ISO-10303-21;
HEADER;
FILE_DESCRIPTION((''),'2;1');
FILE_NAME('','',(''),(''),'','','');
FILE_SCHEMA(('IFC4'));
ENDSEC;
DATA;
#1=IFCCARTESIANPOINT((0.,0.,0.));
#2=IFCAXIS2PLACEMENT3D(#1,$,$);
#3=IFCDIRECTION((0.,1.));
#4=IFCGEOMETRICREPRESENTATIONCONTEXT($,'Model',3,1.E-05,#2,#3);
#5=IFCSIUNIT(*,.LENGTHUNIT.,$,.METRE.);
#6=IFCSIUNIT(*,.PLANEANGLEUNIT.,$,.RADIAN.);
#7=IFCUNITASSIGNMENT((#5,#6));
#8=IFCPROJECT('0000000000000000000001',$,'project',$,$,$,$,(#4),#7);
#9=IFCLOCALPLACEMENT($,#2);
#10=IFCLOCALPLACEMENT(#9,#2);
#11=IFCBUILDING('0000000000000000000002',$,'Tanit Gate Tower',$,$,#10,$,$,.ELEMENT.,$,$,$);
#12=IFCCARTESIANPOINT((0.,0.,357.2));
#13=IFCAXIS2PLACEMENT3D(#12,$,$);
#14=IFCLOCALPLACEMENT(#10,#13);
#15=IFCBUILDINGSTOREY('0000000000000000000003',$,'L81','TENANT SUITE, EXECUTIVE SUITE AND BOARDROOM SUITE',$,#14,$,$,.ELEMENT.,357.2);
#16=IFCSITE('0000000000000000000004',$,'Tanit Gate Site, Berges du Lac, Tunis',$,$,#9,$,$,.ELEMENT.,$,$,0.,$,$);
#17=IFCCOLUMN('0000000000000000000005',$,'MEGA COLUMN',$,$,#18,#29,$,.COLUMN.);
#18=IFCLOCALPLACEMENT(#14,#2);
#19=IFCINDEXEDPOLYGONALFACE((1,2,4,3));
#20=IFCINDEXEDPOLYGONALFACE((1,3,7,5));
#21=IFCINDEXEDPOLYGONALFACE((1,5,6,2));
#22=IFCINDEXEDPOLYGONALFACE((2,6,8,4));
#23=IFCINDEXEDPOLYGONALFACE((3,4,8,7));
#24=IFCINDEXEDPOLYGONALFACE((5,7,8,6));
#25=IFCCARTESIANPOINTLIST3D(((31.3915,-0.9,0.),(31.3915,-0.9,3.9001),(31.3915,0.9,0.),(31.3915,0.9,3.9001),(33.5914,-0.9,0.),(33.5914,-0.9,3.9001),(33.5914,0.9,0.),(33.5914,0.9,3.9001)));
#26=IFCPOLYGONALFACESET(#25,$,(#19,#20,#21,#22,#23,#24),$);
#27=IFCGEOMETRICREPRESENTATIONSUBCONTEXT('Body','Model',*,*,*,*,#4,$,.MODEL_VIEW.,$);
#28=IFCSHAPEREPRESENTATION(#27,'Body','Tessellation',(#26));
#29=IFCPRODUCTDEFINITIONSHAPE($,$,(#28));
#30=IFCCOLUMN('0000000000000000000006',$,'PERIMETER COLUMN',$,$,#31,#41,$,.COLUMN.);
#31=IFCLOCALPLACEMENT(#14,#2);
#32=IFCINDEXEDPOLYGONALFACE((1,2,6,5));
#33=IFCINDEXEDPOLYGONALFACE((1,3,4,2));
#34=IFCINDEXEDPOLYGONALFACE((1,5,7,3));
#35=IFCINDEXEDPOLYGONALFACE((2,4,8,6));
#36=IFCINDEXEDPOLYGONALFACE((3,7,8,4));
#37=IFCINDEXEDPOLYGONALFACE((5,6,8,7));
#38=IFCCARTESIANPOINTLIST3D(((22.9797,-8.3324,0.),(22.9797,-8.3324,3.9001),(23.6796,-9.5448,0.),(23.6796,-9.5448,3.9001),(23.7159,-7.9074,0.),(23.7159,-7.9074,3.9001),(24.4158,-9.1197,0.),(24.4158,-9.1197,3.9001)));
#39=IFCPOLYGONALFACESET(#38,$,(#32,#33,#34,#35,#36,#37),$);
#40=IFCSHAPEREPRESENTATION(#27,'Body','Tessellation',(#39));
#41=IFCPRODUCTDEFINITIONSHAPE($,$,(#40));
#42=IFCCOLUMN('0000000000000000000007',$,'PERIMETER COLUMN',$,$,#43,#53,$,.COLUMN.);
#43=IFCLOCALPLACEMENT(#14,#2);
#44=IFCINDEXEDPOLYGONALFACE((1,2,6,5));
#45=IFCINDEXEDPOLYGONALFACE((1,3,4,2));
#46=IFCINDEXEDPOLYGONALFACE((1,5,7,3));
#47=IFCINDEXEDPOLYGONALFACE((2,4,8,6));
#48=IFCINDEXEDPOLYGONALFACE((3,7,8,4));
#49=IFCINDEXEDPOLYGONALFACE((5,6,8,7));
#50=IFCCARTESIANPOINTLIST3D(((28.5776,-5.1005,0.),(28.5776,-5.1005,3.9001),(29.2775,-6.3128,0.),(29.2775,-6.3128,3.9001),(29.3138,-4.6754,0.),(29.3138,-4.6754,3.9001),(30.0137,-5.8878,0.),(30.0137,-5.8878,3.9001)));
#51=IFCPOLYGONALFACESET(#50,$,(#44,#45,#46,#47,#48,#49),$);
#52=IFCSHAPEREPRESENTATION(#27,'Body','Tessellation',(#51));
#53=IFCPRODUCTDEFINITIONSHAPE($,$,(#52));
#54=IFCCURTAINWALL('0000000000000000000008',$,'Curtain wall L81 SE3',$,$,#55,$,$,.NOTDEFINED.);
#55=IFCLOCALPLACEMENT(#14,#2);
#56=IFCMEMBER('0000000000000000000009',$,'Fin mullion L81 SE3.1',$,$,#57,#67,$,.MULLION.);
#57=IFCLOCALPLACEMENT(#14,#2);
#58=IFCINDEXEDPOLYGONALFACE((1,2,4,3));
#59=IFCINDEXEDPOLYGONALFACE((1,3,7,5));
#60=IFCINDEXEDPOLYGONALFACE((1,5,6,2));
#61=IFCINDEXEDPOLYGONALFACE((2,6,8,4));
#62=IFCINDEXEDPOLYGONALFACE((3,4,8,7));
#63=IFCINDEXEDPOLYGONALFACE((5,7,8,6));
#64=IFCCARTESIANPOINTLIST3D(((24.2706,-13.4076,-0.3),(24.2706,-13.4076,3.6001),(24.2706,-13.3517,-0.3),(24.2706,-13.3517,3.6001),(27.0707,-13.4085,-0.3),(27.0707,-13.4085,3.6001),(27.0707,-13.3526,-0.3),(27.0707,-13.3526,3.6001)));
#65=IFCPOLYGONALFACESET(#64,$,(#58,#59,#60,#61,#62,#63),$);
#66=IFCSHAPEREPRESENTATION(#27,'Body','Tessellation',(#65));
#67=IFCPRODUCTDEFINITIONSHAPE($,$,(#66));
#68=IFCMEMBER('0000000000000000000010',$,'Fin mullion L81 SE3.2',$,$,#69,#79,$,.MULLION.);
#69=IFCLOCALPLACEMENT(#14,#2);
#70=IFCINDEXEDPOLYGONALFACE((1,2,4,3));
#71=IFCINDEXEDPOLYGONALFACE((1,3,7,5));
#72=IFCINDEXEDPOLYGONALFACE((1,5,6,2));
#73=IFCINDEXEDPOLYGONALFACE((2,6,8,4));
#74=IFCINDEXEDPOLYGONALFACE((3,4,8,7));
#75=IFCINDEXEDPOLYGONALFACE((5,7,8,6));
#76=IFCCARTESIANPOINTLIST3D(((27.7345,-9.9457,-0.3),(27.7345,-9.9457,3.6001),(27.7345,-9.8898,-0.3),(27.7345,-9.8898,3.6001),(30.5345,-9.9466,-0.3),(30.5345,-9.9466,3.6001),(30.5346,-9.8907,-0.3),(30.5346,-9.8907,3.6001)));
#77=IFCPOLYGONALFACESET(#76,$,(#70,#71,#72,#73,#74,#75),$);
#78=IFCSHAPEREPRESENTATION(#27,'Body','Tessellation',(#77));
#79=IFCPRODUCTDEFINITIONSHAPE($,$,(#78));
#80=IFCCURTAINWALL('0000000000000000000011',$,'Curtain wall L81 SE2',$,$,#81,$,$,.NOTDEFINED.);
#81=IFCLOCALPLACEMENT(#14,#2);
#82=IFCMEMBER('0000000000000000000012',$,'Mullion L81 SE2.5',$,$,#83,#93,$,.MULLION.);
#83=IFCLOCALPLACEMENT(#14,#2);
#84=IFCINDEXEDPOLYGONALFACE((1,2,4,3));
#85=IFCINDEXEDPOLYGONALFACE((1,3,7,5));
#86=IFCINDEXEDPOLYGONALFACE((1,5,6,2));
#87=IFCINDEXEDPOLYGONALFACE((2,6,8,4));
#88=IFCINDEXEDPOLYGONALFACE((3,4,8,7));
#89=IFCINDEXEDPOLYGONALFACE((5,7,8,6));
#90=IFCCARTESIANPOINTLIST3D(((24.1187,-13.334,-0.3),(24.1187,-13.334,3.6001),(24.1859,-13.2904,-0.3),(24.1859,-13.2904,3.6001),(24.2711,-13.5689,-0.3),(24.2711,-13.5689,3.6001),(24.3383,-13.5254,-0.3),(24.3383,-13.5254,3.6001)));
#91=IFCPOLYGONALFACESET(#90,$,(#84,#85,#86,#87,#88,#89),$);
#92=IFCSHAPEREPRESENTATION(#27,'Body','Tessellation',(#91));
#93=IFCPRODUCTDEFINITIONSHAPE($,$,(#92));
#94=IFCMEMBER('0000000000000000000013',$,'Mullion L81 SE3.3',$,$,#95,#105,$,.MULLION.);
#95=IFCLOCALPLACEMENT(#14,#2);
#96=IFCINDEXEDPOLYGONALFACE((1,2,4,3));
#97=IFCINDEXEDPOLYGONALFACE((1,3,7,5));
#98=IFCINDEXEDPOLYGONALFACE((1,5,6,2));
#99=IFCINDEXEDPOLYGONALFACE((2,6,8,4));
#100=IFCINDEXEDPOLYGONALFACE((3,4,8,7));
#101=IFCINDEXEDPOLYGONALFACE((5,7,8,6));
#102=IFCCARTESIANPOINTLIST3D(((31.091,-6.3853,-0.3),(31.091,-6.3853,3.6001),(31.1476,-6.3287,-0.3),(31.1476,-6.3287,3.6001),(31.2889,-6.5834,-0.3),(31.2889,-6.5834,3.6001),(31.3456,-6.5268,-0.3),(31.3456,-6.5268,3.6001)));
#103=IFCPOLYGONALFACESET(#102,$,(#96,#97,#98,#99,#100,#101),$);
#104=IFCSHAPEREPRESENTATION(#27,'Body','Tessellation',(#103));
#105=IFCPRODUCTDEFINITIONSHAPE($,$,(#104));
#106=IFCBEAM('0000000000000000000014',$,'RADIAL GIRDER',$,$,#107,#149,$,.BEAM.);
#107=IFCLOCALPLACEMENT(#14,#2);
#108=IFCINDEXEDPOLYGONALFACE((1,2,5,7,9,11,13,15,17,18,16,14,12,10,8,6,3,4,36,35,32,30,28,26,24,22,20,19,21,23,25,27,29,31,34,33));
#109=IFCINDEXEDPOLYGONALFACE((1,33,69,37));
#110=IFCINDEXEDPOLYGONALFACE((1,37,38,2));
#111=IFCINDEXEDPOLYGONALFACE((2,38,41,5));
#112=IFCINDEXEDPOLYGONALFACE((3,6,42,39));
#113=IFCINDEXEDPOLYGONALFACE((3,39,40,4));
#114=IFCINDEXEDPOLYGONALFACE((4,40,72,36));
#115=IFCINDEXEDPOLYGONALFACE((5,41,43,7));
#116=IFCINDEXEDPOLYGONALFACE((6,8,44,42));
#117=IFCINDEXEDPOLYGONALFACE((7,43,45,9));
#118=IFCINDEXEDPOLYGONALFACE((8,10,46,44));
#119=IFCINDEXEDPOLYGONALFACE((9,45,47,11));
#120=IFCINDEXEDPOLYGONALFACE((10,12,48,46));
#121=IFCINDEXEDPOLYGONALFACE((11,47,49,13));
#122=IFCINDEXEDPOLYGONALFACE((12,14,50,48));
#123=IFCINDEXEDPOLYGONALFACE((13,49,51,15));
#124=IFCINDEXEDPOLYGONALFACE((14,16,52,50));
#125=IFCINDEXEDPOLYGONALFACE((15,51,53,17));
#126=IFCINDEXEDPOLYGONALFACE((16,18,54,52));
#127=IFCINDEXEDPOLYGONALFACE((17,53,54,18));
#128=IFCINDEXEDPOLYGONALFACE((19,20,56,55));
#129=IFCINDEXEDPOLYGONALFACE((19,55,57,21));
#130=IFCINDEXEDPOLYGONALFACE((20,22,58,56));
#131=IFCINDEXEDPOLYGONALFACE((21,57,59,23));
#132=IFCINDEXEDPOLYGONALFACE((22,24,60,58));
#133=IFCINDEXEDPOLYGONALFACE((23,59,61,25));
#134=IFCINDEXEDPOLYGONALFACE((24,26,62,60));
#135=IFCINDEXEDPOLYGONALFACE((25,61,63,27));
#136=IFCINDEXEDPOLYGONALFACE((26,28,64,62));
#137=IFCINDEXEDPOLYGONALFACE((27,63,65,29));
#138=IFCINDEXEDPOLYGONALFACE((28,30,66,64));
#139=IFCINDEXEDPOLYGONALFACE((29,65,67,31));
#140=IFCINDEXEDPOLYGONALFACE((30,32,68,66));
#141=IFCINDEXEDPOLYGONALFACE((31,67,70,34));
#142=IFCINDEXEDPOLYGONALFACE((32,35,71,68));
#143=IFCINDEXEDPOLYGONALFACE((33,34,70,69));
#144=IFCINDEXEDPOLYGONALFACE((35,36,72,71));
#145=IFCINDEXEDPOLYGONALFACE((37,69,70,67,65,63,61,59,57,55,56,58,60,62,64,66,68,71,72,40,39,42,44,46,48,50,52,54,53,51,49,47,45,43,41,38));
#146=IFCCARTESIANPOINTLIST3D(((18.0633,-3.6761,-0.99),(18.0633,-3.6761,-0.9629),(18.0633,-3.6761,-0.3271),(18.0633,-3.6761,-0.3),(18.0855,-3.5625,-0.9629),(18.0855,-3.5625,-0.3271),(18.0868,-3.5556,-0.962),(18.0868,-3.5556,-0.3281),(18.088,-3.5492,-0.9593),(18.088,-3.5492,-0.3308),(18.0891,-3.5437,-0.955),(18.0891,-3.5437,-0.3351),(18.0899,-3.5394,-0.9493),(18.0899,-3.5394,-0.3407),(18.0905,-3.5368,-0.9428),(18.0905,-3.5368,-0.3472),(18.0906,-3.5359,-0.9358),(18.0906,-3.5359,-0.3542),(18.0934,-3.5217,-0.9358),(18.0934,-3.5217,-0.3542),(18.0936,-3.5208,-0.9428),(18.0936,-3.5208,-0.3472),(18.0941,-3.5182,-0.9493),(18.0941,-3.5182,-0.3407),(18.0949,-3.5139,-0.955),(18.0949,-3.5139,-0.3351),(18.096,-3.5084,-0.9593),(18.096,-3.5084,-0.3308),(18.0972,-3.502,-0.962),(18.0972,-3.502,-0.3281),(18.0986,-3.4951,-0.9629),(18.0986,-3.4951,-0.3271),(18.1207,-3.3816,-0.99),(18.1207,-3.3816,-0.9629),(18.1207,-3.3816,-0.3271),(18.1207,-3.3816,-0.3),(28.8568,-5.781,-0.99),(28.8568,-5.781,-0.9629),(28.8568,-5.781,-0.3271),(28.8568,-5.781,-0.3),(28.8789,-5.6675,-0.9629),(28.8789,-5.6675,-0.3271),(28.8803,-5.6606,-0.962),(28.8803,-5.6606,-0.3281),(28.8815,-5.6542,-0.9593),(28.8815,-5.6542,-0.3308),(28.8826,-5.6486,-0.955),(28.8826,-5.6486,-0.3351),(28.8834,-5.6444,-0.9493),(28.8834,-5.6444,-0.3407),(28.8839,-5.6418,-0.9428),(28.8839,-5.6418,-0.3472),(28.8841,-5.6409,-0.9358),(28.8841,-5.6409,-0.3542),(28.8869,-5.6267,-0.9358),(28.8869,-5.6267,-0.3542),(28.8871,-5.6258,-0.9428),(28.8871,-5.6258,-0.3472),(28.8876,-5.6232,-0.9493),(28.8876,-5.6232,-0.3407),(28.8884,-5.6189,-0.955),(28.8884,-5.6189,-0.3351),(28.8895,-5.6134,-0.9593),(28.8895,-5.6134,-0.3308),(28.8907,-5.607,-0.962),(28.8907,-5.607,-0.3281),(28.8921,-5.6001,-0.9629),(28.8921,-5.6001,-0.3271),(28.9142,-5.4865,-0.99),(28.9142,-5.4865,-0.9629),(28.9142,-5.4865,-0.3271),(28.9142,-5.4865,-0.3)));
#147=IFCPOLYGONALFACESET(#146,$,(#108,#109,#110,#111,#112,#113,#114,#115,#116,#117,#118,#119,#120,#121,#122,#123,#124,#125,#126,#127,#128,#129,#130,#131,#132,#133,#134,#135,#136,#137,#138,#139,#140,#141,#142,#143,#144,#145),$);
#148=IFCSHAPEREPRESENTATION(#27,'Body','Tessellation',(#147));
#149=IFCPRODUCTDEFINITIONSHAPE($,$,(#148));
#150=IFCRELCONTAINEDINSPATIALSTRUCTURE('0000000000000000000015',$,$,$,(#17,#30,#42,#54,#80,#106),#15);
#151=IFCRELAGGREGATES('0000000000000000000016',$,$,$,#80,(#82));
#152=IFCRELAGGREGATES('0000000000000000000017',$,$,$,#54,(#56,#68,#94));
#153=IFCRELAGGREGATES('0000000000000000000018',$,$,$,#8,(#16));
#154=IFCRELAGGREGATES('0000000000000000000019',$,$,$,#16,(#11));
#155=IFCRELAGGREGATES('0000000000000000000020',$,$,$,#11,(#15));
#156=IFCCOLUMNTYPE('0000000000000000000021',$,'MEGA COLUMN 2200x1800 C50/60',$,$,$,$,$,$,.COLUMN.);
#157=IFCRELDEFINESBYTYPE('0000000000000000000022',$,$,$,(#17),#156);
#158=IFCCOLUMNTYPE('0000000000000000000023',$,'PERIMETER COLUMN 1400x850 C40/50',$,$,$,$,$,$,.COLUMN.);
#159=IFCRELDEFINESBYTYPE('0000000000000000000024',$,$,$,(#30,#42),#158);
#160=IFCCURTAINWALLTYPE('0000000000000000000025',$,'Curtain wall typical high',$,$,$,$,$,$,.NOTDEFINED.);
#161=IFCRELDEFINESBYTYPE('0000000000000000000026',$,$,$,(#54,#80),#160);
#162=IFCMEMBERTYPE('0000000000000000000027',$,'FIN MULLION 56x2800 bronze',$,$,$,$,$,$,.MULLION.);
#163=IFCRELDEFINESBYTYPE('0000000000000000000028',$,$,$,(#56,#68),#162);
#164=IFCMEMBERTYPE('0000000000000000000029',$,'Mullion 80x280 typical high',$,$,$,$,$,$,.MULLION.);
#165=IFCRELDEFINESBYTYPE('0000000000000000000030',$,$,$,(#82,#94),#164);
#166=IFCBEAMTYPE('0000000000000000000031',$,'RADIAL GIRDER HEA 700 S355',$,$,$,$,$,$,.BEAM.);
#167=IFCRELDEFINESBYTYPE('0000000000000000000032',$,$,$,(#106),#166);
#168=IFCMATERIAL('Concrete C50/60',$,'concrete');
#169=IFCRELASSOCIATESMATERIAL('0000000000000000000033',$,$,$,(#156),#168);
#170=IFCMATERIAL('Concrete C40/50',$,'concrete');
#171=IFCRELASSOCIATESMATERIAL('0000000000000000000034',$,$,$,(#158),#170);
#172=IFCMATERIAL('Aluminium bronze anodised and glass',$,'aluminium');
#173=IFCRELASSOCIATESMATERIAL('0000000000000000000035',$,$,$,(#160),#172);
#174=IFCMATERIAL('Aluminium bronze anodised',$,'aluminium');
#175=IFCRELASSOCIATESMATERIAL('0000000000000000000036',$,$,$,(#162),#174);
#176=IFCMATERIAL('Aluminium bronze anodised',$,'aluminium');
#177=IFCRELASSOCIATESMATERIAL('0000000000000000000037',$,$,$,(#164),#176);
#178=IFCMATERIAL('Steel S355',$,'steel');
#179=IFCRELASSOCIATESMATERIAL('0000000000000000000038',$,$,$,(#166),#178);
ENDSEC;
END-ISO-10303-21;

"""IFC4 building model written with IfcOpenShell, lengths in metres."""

from ifc_helpers import new_model, si_unit, direction, frame, origin, origin_2d, place, context, subcontext, project, spatial, rectangle, i_section, extrude, material, material_profile, profile_set, type_object, element, aggregate, save


model = new_model("IFC4")

# Units and contexts
model_context = context("Model", 3, precision=1e-05, world=origin(), true_north=direction((0.0, 1.0)))
body_context = subcontext(model_context, "Body", "Model", "MODEL_VIEW")
ifc_project = project(units=[si_unit("LENGTHUNIT", "METRE"), si_unit("PLANEANGLEUNIT", "RADIAN")], contexts=[model_context])

# Site, building, storey
site_placement = place(None, origin())
site = spatial("IfcSite", under=ifc_project, at=site_placement, Name="Tanit Gate Site, Berges du Lac, Tunis", CompositionType="ELEMENT", RefElevation=0.0)
building_placement = place(site_placement, origin())
building = spatial("IfcBuilding", under=site, at=building_placement, Name="Tanit Gate Tower", CompositionType="ELEMENT")
storey_placement = place(building_placement, frame((0.0, 0.0, 357.2)))
storey = spatial("IfcBuildingStorey", under=building, at=storey_placement, Name="L81", Description="TENANT SUITE, EXECUTIVE SUITE AND BOARDROOM SUITE", CompositionType="ELEMENT", Elevation=357.2)

# Columns
ifc_material_1 = material(Name="Concrete C50/60", Category="concrete")
ifc_material_profile_1 = material_profile(ifc_material_1, rectangle(XDim=2.2, YDim=1.8, at=origin_2d()), Name="RC 2200x1800")
ifc_profile_set_1 = profile_set([ifc_material_profile_1], Name="Concrete C50/60")
column_type_1 = type_object("IfcColumnType", Name="MEGA COLUMN 2200x1800 C50/60", PredefinedType="COLUMN", material=ifc_profile_set_1)
column_placement = place(storey_placement, frame((32.4915, 0.0, 0.0), z_axis=(0.0, 0.0, 1.0), x_axis=(1.0, 0.0, 0.0)))
element("IfcColumn", 1, at=column_placement, inside=storey, type_object=column_type_1, Name="MEGA COLUMN", PredefinedType="COLUMN", context=body_context, shape_type="SweptSolid", body=[
    extrude(rectangle(XDim=2.2, YDim=1.8, at=origin_2d()), origin(), (0.0, 0.0, 1.0), 3.9001),
])
ifc_material_2 = material(Name="Concrete C40/50", Category="concrete")
ifc_material_profile_2 = material_profile(ifc_material_2, rectangle(XDim=1.3999, YDim=0.8501, at=origin_2d()), Name="RC 1400x850")
ifc_profile_set_2 = profile_set([ifc_material_profile_2], Name="Concrete C40/50")
column_type_2 = type_object("IfcColumnType", Name="PERIMETER COLUMN 1400x850 C40/50", PredefinedType="COLUMN", material=ifc_profile_set_2)
for number, where, z_axis, x_axis, name in (
    (2, (23.6978, -8.7261, 0.0), (0.0, 0.0, 1.0), (0.5, -0.866025, 0.0), "PERIMETER COLUMN"),
    (3, (29.2957, -5.4941, 0.0), (0.0, 0.0, 1.0), (0.5, -0.866025, 0.0), "PERIMETER COLUMN"),
):
    element("IfcColumn", number, at=place(storey_placement, frame(where, z_axis=z_axis, x_axis=x_axis)), inside=storey, type_object=column_type_2, Name=name, PredefinedType="COLUMN", context=body_context, shape_type="SweptSolid", body=[
        extrude(rectangle(XDim=1.3999, YDim=0.8501, at=origin_2d()), origin(), (0.0, 0.0, 1.0), 3.9001),
    ])

# Curtain wall, members
ifc_material_3 = material(Name="Aluminium bronze anodised and glass", Category="aluminium")
curtain_wall_type = type_object("IfcCurtainWallType", Name="Curtain wall typical high", PredefinedType="NOTDEFINED", material=ifc_material_3)
curtain_wall_1_placement = place(storey_placement, origin())
curtain_wall_1 = element("IfcCurtainWall", 4, at=curtain_wall_1_placement, inside=storey, type_object=curtain_wall_type, Name="Curtain wall L81 SE3", PredefinedType="NOTDEFINED")
ifc_material_4 = material(Name="Aluminium bronze anodised", Category="aluminium")
ifc_material_profile_3 = material_profile(ifc_material_4, rectangle(XDim=2.8, YDim=0.0559, at=origin_2d()), Name="56x2800 bronze fin mullion")
ifc_profile_set_3 = profile_set([ifc_material_profile_3], Name="Aluminium bronze anodised")
member_type_1 = type_object("IfcMemberType", Name="FIN MULLION 56x2800 bronze", PredefinedType="MULLION", material=ifc_profile_set_3)
member_1_placement = place(storey_placement, frame((25.6707, -13.3801, -0.3), z_axis=(0.0, 0.0, 1.0), x_axis=(-1.0, 0.000314, 0.0)))
member_1 = element("IfcMember", 5, at=member_1_placement, type_object=member_type_1, Name="Fin mullion L81 SE3.1", PredefinedType="MULLION", context=body_context, shape_type="SweptSolid", body=[
    extrude(rectangle(XDim=2.8, YDim=0.0559, at=origin_2d()), origin(), (0.0, 0.0, 1.0), 3.9001),
])
member_2_placement = place(storey_placement, frame((29.1345, -9.9182, -0.3), z_axis=(0.0, 0.0, 1.0), x_axis=(-1.0, 0.000314, 0.0)))
member_2 = element("IfcMember", 6, at=member_2_placement, type_object=member_type_1, Name="Fin mullion L81 SE3.2", PredefinedType="MULLION", context=body_context, shape_type="SweptSolid", body=[
    extrude(rectangle(XDim=2.8, YDim=0.0559, at=origin_2d()), origin(), (0.0, 0.0, 1.0), 3.9001),
])

# Curtain wall, member
curtain_wall_2_placement = place(storey_placement, origin())
curtain_wall_2 = element("IfcCurtainWall", 7, at=curtain_wall_2_placement, inside=storey, type_object=curtain_wall_type, Name="Curtain wall L81 SE2", PredefinedType="NOTDEFINED")
ifc_material_5 = material(Name="Aluminium bronze anodised", Category="aluminium")
ifc_material_profile_4 = material_profile(ifc_material_5, rectangle(XDim=0.28, YDim=0.0801, at=origin_2d()), Name="80x280 bronze mullion")
ifc_profile_set_4 = profile_set([ifc_material_profile_4], Name="Aluminium bronze anodised")
member_type_2 = type_object("IfcMemberType", Name="Mullion 80x280 typical high", PredefinedType="MULLION", material=ifc_profile_set_4)
member_3_placement = place(storey_placement, frame((24.2285, -13.4297, -0.3), z_axis=(0.0, 0.0, 1.0), x_axis=(-0.544243, 0.838927, 0.0)))
member_3 = element("IfcMember", 8, at=member_3_placement, type_object=member_type_2, Name="Mullion L81 SE2.5", PredefinedType="MULLION", context=body_context, shape_type="SweptSolid", body=[
    extrude(rectangle(XDim=0.28, YDim=0.0801, at=origin_2d()), origin(), (0.0, 0.0, 1.0), 3.9001),
])

# Member
member_4_placement = place(storey_placement, frame((31.2183, -6.4561, -0.3), z_axis=(0.0, 0.0, 1.0), x_axis=(-0.706885, 0.707329, 0.0)))
member_4 = element("IfcMember", 9, at=member_4_placement, type_object=member_type_2, Name="Mullion L81 SE3.3", PredefinedType="MULLION", context=body_context, shape_type="SweptSolid", body=[
    extrude(rectangle(XDim=0.28, YDim=0.0801, at=origin_2d()), origin(), (0.0, 0.0, 1.0), 3.9001),
])

# Beam
ifc_material_6 = material(Name="Steel S355", Category="steel")
ifc_material_profile_5 = material_profile(ifc_material_6, i_section(OverallWidth=0.3, OverallDepth=0.6899, WebThickness=0.0144, FlangeThickness=0.0271, FilletRadius=0.0271, at=origin_2d()), Name="HEA 700")
ifc_profile_set_5 = profile_set([ifc_material_profile_5], Name="Steel S355")
beam_type_1 = type_object("IfcBeamType", Name="RADIAL GIRDER HEA 700 S355", PredefinedType="BEAM", material=ifc_profile_set_5)
beam_1_placement = place(storey_placement, frame((28.8855, -5.6338, -0.645), z_axis=(-0.981509, 0.191418, 0.0), x_axis=(-0.191418, -0.981509, 0.0)))
element("IfcBeam", 10, at=beam_1_placement, inside=storey, type_object=beam_type_1, Name="RADIAL GIRDER", PredefinedType="BEAM", context=body_context, shape_type="SweptSolid", body=[
    extrude(i_section(OverallWidth=0.3, OverallDepth=0.6899, WebThickness=0.0144, FlangeThickness=0.0271, FilletRadius=0.0271, at=origin_2d()), origin(), (0.0, 0.0, 1.0), 10.9968),
])

aggregate(curtain_wall_2, [member_3])
aggregate(curtain_wall_1, [member_1, member_2, member_4])

save(model, "model.ifc")
